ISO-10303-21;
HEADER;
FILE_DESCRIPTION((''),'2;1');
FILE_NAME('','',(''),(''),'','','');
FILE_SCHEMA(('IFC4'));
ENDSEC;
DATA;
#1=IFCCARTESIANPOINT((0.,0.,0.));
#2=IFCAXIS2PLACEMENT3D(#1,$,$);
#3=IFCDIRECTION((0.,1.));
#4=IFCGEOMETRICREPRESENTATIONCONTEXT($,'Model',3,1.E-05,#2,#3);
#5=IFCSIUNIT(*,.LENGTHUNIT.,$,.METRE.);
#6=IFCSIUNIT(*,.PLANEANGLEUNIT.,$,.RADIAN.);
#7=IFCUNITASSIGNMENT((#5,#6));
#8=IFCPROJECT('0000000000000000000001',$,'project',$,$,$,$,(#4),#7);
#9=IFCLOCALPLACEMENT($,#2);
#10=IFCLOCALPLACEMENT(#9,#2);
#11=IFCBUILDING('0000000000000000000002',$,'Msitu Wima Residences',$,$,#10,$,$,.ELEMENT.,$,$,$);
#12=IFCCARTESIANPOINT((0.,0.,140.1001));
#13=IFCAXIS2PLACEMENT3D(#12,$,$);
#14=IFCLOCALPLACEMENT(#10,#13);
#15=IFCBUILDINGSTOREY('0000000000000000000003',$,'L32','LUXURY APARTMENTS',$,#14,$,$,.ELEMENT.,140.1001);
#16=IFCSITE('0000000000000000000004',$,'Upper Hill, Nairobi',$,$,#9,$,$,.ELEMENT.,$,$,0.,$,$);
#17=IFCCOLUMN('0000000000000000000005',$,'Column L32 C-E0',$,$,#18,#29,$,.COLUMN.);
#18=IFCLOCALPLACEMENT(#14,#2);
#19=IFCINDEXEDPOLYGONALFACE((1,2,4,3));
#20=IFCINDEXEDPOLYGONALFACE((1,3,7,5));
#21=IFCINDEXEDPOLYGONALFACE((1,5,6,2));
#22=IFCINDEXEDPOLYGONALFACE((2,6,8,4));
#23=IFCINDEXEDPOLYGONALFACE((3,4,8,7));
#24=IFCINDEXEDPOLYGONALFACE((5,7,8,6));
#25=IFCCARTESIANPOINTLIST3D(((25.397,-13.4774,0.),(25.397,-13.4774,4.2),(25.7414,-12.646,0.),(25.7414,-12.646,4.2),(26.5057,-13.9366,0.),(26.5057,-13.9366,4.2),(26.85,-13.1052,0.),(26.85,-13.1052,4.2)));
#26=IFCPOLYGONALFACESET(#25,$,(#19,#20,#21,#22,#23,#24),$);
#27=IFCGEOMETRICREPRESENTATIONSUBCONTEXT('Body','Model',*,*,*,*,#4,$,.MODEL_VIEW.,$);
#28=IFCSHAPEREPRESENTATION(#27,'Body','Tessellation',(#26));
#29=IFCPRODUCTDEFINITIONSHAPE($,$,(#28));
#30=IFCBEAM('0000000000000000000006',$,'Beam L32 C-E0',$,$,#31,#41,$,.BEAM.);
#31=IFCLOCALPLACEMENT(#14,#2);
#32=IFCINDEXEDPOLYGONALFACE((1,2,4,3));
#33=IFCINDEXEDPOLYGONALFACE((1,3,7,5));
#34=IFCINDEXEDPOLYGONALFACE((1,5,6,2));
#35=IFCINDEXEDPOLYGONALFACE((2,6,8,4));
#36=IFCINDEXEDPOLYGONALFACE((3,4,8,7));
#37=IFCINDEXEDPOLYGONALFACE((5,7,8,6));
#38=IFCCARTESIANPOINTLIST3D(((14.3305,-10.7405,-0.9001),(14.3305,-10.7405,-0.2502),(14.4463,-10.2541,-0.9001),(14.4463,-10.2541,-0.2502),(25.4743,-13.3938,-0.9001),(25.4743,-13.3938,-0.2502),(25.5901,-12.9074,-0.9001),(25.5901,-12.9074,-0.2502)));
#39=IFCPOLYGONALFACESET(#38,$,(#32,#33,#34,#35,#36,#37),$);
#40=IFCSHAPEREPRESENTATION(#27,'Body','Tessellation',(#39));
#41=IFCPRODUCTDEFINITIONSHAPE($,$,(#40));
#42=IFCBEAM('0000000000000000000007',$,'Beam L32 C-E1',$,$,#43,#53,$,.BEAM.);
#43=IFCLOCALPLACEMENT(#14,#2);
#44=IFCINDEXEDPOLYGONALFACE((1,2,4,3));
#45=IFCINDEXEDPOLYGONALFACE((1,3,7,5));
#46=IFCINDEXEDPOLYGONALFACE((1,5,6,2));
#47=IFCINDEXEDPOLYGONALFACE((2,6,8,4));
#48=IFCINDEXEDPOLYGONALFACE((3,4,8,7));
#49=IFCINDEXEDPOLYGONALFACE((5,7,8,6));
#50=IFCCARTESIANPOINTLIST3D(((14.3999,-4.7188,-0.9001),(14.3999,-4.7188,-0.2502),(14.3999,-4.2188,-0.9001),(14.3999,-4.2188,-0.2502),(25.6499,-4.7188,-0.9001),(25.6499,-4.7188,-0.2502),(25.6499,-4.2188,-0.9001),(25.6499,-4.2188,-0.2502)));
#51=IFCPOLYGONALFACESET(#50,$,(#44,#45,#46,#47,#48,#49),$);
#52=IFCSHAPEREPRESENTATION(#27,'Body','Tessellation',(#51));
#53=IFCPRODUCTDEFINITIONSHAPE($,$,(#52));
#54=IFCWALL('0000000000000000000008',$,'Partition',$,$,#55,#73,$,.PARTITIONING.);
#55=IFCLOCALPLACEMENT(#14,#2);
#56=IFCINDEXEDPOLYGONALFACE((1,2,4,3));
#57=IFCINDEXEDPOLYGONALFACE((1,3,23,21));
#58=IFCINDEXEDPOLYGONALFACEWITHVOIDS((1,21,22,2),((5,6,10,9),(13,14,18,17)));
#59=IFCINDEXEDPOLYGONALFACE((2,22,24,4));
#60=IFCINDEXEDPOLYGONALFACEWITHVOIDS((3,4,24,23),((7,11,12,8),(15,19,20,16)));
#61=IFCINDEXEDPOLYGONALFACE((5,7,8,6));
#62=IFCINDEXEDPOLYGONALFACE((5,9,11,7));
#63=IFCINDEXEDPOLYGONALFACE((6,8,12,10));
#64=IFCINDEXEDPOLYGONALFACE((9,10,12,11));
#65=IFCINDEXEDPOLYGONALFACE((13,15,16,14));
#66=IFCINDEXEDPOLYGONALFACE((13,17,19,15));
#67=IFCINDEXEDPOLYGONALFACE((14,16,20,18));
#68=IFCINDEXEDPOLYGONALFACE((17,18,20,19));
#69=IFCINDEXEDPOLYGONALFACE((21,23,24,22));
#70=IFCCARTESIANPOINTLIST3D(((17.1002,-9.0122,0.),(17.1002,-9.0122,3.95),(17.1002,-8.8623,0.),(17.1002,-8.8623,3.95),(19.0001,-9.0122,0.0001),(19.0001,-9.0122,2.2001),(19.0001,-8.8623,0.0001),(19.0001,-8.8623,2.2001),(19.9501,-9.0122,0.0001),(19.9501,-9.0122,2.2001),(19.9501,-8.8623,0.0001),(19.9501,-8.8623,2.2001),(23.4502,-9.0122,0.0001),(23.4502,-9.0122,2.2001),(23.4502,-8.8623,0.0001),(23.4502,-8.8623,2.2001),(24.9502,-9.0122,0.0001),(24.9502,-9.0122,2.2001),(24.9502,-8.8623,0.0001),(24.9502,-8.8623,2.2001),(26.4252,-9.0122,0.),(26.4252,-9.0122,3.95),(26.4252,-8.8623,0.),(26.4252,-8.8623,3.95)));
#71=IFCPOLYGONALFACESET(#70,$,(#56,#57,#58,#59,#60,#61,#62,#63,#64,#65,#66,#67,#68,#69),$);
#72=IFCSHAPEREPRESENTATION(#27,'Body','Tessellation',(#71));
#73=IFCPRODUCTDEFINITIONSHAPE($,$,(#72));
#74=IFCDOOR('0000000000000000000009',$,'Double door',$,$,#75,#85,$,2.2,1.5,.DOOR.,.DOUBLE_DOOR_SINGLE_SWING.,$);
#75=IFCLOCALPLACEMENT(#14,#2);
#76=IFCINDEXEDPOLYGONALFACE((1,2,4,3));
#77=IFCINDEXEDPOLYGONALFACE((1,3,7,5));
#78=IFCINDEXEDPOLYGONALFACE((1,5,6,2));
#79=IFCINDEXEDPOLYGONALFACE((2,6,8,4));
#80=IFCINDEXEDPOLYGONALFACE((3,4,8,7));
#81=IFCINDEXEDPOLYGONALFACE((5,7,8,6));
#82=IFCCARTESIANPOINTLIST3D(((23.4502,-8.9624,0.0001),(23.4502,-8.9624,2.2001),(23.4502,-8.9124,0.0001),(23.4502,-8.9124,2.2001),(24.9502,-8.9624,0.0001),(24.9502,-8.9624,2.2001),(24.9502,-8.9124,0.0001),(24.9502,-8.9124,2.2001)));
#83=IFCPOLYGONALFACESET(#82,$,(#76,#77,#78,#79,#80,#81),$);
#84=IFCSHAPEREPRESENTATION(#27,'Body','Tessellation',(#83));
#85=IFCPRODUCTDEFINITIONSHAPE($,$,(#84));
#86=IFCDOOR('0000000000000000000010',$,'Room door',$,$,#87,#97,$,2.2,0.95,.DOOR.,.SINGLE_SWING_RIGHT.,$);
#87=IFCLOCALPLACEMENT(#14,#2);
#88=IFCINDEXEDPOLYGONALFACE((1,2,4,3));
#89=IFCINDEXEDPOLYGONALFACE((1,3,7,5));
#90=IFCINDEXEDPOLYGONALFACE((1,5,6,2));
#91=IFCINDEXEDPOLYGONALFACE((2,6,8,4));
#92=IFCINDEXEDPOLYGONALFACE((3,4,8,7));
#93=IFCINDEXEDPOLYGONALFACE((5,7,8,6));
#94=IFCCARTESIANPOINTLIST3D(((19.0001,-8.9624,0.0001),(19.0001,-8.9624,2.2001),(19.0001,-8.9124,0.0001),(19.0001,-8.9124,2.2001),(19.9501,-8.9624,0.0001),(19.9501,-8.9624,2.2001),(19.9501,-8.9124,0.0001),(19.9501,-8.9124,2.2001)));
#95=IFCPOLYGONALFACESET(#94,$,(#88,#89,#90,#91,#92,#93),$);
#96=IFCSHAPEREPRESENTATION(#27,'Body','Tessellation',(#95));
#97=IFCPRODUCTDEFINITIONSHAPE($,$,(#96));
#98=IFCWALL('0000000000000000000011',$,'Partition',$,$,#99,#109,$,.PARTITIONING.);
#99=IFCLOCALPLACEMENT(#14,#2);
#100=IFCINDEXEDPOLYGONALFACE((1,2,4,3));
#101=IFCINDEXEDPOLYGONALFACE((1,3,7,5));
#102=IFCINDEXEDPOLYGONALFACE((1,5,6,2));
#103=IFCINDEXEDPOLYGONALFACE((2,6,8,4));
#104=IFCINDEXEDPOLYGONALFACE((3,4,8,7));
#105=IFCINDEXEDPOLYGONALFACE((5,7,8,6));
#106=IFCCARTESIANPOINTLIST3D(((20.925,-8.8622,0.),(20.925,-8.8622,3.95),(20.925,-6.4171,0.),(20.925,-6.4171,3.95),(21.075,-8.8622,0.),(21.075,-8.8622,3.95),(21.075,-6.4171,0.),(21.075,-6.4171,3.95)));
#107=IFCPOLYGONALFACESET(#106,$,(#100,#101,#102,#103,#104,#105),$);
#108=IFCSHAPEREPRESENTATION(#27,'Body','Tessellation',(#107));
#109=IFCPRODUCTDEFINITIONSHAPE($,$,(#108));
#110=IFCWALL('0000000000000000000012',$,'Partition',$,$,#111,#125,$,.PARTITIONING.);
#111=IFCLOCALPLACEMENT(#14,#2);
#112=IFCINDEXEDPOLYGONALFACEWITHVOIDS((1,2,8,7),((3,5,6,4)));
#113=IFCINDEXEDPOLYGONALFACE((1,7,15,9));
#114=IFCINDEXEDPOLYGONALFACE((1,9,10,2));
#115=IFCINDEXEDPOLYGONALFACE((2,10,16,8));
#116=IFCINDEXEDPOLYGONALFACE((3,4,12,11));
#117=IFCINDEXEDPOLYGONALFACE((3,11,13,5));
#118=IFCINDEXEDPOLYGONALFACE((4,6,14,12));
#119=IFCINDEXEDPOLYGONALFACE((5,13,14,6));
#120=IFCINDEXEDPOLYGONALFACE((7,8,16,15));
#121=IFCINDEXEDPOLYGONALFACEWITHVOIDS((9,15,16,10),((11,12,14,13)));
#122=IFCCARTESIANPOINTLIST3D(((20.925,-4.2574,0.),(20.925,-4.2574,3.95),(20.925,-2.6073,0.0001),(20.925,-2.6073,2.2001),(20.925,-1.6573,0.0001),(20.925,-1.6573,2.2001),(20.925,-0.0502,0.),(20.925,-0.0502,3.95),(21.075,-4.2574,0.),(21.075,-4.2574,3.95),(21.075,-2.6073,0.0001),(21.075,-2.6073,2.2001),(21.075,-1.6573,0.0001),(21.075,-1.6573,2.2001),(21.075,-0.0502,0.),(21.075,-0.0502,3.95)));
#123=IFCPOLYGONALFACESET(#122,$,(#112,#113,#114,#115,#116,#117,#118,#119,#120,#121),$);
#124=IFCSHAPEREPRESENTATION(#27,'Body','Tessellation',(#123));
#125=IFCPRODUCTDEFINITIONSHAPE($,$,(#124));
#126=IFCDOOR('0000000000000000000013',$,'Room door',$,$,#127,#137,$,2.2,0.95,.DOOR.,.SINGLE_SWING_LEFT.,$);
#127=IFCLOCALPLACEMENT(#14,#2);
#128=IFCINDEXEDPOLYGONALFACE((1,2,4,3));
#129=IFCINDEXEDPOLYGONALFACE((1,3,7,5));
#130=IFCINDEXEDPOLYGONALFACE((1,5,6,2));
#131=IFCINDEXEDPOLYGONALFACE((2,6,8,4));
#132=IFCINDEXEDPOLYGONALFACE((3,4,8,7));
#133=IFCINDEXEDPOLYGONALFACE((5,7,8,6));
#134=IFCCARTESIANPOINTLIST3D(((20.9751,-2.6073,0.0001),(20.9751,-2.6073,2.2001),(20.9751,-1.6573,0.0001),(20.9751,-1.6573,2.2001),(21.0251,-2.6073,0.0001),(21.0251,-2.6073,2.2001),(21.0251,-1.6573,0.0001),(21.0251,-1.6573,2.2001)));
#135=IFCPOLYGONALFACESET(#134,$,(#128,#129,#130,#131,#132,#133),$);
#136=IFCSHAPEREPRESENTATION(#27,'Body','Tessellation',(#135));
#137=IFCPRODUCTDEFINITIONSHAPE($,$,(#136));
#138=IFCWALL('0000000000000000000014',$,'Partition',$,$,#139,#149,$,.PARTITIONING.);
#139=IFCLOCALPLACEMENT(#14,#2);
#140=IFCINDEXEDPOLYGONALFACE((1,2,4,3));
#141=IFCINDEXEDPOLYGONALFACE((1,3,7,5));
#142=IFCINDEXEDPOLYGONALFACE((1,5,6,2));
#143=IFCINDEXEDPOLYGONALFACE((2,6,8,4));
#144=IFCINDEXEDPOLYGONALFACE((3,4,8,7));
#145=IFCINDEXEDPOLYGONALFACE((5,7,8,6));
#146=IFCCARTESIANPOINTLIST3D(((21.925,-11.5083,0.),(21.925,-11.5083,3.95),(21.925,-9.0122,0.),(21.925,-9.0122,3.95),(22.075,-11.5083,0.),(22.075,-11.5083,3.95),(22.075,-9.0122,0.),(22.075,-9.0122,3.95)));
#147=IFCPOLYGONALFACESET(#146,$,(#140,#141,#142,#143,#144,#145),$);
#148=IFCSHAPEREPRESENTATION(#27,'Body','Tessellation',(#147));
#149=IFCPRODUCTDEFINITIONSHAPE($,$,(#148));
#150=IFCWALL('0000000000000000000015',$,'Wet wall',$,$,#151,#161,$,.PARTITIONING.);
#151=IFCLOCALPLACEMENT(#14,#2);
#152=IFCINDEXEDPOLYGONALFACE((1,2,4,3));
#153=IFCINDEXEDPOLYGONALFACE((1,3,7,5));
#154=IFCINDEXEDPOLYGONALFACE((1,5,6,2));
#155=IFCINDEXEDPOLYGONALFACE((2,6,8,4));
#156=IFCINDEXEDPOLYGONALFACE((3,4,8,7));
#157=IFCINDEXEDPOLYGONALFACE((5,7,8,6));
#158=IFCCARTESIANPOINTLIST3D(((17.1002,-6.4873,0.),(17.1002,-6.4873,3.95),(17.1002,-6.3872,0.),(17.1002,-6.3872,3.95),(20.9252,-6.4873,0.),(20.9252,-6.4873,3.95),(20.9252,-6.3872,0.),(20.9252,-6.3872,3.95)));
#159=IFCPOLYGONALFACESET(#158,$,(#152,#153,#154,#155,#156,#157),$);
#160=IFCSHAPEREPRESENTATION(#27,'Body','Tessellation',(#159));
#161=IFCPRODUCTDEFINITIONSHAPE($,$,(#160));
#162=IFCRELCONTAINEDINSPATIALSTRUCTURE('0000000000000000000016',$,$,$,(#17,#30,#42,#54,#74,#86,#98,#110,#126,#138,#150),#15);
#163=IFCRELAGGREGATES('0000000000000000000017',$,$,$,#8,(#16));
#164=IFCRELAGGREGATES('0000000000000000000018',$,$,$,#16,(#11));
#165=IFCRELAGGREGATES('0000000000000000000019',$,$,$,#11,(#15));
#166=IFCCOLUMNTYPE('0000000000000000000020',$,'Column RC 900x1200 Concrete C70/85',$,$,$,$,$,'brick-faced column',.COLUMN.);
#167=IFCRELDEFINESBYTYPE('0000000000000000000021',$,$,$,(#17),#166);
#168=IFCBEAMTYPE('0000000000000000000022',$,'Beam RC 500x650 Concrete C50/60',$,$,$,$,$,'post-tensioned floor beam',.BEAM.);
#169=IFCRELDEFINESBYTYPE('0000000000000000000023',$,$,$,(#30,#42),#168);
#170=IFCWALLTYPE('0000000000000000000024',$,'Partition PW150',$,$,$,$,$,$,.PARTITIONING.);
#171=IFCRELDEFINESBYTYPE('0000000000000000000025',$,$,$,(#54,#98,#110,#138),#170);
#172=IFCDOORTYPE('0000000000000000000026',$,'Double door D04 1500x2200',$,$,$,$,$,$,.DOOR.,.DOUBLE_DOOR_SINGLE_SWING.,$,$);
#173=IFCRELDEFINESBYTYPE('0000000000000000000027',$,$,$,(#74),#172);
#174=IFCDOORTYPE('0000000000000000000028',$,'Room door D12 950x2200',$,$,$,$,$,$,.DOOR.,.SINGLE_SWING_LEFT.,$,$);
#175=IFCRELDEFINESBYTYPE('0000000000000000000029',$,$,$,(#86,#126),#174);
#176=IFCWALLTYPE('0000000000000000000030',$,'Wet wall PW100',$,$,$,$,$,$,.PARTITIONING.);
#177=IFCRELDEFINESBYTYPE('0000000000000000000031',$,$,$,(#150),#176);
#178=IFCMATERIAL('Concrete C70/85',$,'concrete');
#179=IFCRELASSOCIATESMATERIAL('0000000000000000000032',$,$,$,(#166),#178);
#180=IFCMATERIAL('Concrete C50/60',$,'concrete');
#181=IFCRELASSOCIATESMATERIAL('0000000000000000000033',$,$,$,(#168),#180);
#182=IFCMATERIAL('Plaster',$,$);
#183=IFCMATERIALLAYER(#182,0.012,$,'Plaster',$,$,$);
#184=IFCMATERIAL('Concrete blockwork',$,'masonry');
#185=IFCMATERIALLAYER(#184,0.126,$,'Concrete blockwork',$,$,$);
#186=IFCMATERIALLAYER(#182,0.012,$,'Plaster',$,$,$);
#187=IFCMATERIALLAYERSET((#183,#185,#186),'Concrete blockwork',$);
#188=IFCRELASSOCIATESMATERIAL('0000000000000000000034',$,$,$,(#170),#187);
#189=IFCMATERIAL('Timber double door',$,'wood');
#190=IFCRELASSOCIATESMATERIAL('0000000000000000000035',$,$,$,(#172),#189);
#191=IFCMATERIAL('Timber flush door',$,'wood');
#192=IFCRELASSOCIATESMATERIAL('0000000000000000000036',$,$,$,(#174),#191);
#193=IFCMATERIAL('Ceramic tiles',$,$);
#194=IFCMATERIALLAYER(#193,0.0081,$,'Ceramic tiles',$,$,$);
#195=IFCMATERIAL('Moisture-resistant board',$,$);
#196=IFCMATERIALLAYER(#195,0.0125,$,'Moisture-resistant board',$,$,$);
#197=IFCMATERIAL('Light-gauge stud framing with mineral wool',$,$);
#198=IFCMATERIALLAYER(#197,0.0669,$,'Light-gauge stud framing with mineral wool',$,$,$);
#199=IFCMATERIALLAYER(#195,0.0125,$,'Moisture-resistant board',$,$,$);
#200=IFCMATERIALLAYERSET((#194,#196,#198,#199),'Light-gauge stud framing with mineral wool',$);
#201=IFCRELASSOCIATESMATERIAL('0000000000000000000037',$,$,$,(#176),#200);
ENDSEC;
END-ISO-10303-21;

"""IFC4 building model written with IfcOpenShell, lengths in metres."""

from ifc_helpers import new_model, si_unit, direction, frame, frame_2d, origin, origin_2d, place, context, subcontext, project, spatial, rectangle, extrude, material, layer, layer_set, material_profile, profile_set, type_object, element, fill, save


model = new_model("IFC4")

# Units and contexts
model_context = context("Model", 3, precision=1e-05, world=origin(), true_north=direction((0.0, 1.0)))
body_context = subcontext(model_context, "Body", "Model", "MODEL_VIEW")
ifc_project = project(units=[si_unit("LENGTHUNIT", "METRE"), si_unit("PLANEANGLEUNIT", "RADIAN")], contexts=[model_context])

# Site, building, storey
site_placement = place(None, origin())
site = spatial("IfcSite", under=ifc_project, at=site_placement, Name="Upper Hill, Nairobi", CompositionType="ELEMENT", RefElevation=0.0)
building_placement = place(site_placement, origin())
building = spatial("IfcBuilding", under=site, at=building_placement, Name="Msitu Wima Residences", CompositionType="ELEMENT")
storey_placement = place(building_placement, frame((0.0, 0.0, 140.1001)))
storey = spatial("IfcBuildingStorey", under=building, at=storey_placement, Name="L32", Description="LUXURY APARTMENTS", CompositionType="ELEMENT", Elevation=140.1001)

# Column
ifc_material_1 = material(Name="Concrete C70/85", Category="concrete")
ifc_material_profile_1 = material_profile(ifc_material_1, rectangle(XDim=0.8999, YDim=1.2, at=origin_2d()), Name="RC 900x1200")
ifc_profile_set_1 = profile_set([ifc_material_profile_1], Name="Concrete C70/85")
column_type = type_object("IfcColumnType", Name="Column RC 900x1200 Concrete C70/85", ElementType="brick-faced column", PredefinedType="COLUMN", material=ifc_profile_set_1)
column_placement = place(storey_placement, frame((26.1235, -13.2913, 0.0), z_axis=(0.0, 0.0, 1.0), x_axis=(0.382683, 0.92388, 0.0)))
element("IfcColumn", 1, at=column_placement, inside=storey, type_object=column_type, Name="Column L32 C-E0", PredefinedType="COLUMN", context=body_context, shape_type="SweptSolid", body=[
    extrude(rectangle(XDim=0.8999, YDim=1.2, at=origin_2d()), origin(), (0.0, 0.0, 1.0), 4.2),
])

# Beams
ifc_material_2 = material(Name="Concrete C50/60", Category="concrete")
ifc_material_profile_2 = material_profile(ifc_material_2, rectangle(XDim=0.5, YDim=0.6499, at=origin_2d()), Name="RC 500x650")
ifc_profile_set_2 = profile_set([ifc_material_profile_2], Name="Concrete C50/60")
beam_type = type_object("IfcBeamType", Name="Beam RC 500x650 Concrete C50/60", ElementType="post-tensioned floor beam", PredefinedType="BEAM", material=ifc_profile_set_2)
beam_1_placement = place(storey_placement, frame((25.5322, -13.1506, -0.5752), z_axis=(-0.972806, 0.231623, 0.0), x_axis=(-0.231623, -0.972806, 0.0)))
element("IfcBeam", 2, at=beam_1_placement, inside=storey, type_object=beam_type, Name="Beam L32 C-E0", PredefinedType="BEAM", context=body_context, shape_type="SweptSolid", body=[
    extrude(rectangle(XDim=0.5, YDim=0.6499, at=origin_2d()), origin(), (0.0, 0.0, 1.0), 11.4553),
])
beam_2_placement = place(storey_placement, frame((25.6499, -4.4688, -0.5752), z_axis=(-1.0, 0.0, 0.0), x_axis=(0.0, -1.0, 0.0)))
element("IfcBeam", 3, at=beam_2_placement, inside=storey, type_object=beam_type, Name="Beam L32 C-E1", PredefinedType="BEAM", context=body_context, shape_type="SweptSolid", body=[
    extrude(rectangle(XDim=0.5, YDim=0.6499, at=origin_2d()), origin(), (0.0, 0.0, 1.0), 11.25),
])

# Wall, openings, doors
ifc_material_3 = material(Name="Plaster")
ifc_layer_1 = layer(ifc_material_3, 0.012, Name="Plaster")
ifc_material_4 = material(Name="Concrete blockwork", Category="masonry")
ifc_layer_2 = layer(ifc_material_4, 0.126, Name="Concrete blockwork")
ifc_layer_3 = layer(ifc_material_3, 0.012, Name="Plaster")
ifc_layer_set_1 = layer_set([ifc_layer_1, ifc_layer_2, ifc_layer_3], Name="Concrete blockwork")
wall_type_1 = type_object("IfcWallType", Name="Partition PW150", PredefinedType="PARTITIONING", material=ifc_layer_set_1)
wall_1_placement = place(storey_placement, frame((17.1001, -8.9373, 0.0), z_axis=(0.0, 0.0, 1.0), x_axis=(1.0, 0.0, 0.0)))
wall_1 = element("IfcWall", 4, at=wall_1_placement, inside=storey, type_object=wall_type_1, Name="Partition", PredefinedType="PARTITIONING", context=body_context, shape_type="SweptSolid", body=[
    extrude(rectangle(XDim=9.325, YDim=0.1499, at=frame_2d((4.6626, 0.0))), origin(), (0.0, 0.0, 1.0), 3.95),
])
opening_1_placement = place(wall_1_placement, frame((6.3501, 0.0, 0.0)))
opening_1 = element("IfcOpeningElement", 5, at=opening_1_placement, cuts=wall_1, PredefinedType="OPENING", context=body_context, shape_type="SweptSolid", body=[
    extrude(rectangle(XDim=1.5, YDim=2.2, at=frame_2d((0.75, 1.1001))), frame((0.0, 0.085, 0.0), z_axis=(0.0, -1.0, 0.0), x_axis=(1.0, 0.0, 0.0)), (0.0, 0.0, 1.0), 0.1699),
])
opening_2_placement = place(wall_1_placement, frame((1.8999, 0.0, 0.0)))
opening_2 = element("IfcOpeningElement", 6, at=opening_2_placement, cuts=wall_1, PredefinedType="OPENING", context=body_context, shape_type="SweptSolid", body=[
    extrude(rectangle(XDim=0.95, YDim=2.2, at=frame_2d((0.4751, 1.1001))), frame((0.0, 0.085, 0.0), z_axis=(0.0, -1.0, 0.0), x_axis=(1.0, 0.0, 0.0)), (0.0, 0.0, 1.0), 0.1699),
])
ifc_material_5 = material(Name="Timber double door", Category="wood")
door_type_1 = type_object("IfcDoorType", Name="Double door D04 1500x2200", OperationType="DOUBLE_DOOR_SINGLE_SWING", PredefinedType="DOOR", material=ifc_material_5)
door_1_placement = place(opening_1_placement, origin())
door_1 = element("IfcDoor", 7, at=door_1_placement, inside=storey, type_object=door_type_1, Name="Double door", OperationType="DOUBLE_DOOR_SINGLE_SWING", OverallHeight=2.2, OverallWidth=1.5, PredefinedType="DOOR", context=body_context, shape_type="SweptSolid", body=[
    extrude(rectangle(XDim=1.5, YDim=2.2, at=frame_2d((0.75, 1.1001))), frame((0.0, 0.0249, 0.0), z_axis=(0.0, -1.0, 0.0), x_axis=(1.0, 0.0, 0.0)), (0.0, 0.0, 1.0), 0.05),
])
fill(opening_1, door_1)
ifc_material_6 = material(Name="Timber flush door", Category="wood")
door_type_2 = type_object("IfcDoorType", Name="Room door D12 950x2200", OperationType="SINGLE_SWING_LEFT", PredefinedType="DOOR", material=ifc_material_6)
door_2_placement = place(opening_2_placement, origin())
door_2 = element("IfcDoor", 8, at=door_2_placement, inside=storey, type_object=door_type_2, Name="Room door", OperationType="SINGLE_SWING_RIGHT", OverallHeight=2.2, OverallWidth=0.95, PredefinedType="DOOR", context=body_context, shape_type="SweptSolid", body=[
    extrude(rectangle(XDim=0.95, YDim=2.2, at=frame_2d((0.4751, 1.1001))), frame((0.0, 0.0249, 0.0), z_axis=(0.0, -1.0, 0.0), x_axis=(1.0, 0.0, 0.0)), (0.0, 0.0, 1.0), 0.05),
])
fill(opening_2, door_2)

# Wall
wall_2_placement = place(storey_placement, frame((21.0, -8.8623, 0.0), z_axis=(0.0, 0.0, 1.0), x_axis=(0.0, 1.0, 0.0)))
element("IfcWall", 9, at=wall_2_placement, inside=storey, type_object=wall_type_1, Name="Partition", PredefinedType="PARTITIONING", context=body_context, shape_type="SweptSolid", body=[
    extrude(rectangle(XDim=2.4451, YDim=0.1499, at=frame_2d((1.2227, 0.0))), origin(), (0.0, 0.0, 1.0), 3.95),
])

# Wall, opening, door
wall_3_placement = place(storey_placement, frame((21.0, -4.2573, 0.0), z_axis=(0.0, 0.0, 1.0), x_axis=(0.0, 1.0, 0.0)))
wall_3 = element("IfcWall", 10, at=wall_3_placement, inside=storey, type_object=wall_type_1, Name="Partition", PredefinedType="PARTITIONING", context=body_context, shape_type="SweptSolid", body=[
    extrude(rectangle(XDim=4.2073, YDim=0.1499, at=frame_2d((2.1035, 0.0))), origin(), (0.0, 0.0, 1.0), 3.95),
])
opening_3_placement = place(wall_3_placement, frame((1.6499, 0.0, 0.0)))
opening_3 = element("IfcOpeningElement", 11, at=opening_3_placement, cuts=wall_3, PredefinedType="OPENING", context=body_context, shape_type="SweptSolid", body=[
    extrude(rectangle(XDim=0.95, YDim=2.2, at=frame_2d((0.4751, 1.1001))), frame((0.0, 0.085, 0.0), z_axis=(0.0, -1.0, 0.0), x_axis=(1.0, 0.0, 0.0)), (0.0, 0.0, 1.0), 0.1699),
])
door_3_placement = place(opening_3_placement, origin())
door_3 = element("IfcDoor", 12, at=door_3_placement, inside=storey, type_object=door_type_2, Name="Room door", OperationType="SINGLE_SWING_LEFT", OverallHeight=2.2, OverallWidth=0.95, PredefinedType="DOOR", context=body_context, shape_type="SweptSolid", body=[
    extrude(rectangle(XDim=0.95, YDim=2.2, at=frame_2d((0.4751, 1.1001))), frame((0.0, 0.0249, 0.0), z_axis=(0.0, -1.0, 0.0), x_axis=(1.0, 0.0, 0.0)), (0.0, 0.0, 1.0), 0.05),
])
fill(opening_3, door_3)

# Walls
wall_4_placement = place(storey_placement, frame((22.0, -11.5083, 0.0), z_axis=(0.0, 0.0, 1.0), x_axis=(0.0, 1.0, 0.0)))
element("IfcWall", 13, at=wall_4_placement, inside=storey, type_object=wall_type_1, Name="Partition", PredefinedType="PARTITIONING", context=body_context, shape_type="SweptSolid", body=[
    extrude(rectangle(XDim=2.4961, YDim=0.1499, at=frame_2d((1.248, 0.0))), origin(), (0.0, 0.0, 1.0), 3.95),
])
ifc_material_7 = material(Name="Ceramic tiles")
ifc_layer_4 = layer(ifc_material_7, 0.0081, Name="Ceramic tiles")
ifc_material_8 = material(Name="Moisture-resistant board")
ifc_layer_5 = layer(ifc_material_8, 0.0125, Name="Moisture-resistant board")
ifc_material_9 = material(Name="Light-gauge stud framing with mineral wool")
ifc_layer_6 = layer(ifc_material_9, 0.0669, Name="Light-gauge stud framing with mineral wool")
ifc_layer_7 = layer(ifc_material_8, 0.0125, Name="Moisture-resistant board")
ifc_layer_set_2 = layer_set([ifc_layer_4, ifc_layer_5, ifc_layer_6, ifc_layer_7], Name="Light-gauge stud framing with mineral wool")
wall_type_2 = type_object("IfcWallType", Name="Wet wall PW100", PredefinedType="PARTITIONING", material=ifc_layer_set_2)
wall_5_placement = place(storey_placement, frame((17.1001, -6.4373, 0.0), z_axis=(0.0, 0.0, 1.0), x_axis=(1.0, 0.0, 0.0)))
element("IfcWall", 14, at=wall_5_placement, inside=storey, type_object=wall_type_2, Name="Wet wall", PredefinedType="PARTITIONING", context=body_context, shape_type="SweptSolid", body=[
    extrude(rectangle(XDim=3.825, YDim=0.1001, at=frame_2d((1.9126, 0.0))), origin(), (0.0, 0.0, 1.0), 3.95),
])

save(model, "model.ifc")
